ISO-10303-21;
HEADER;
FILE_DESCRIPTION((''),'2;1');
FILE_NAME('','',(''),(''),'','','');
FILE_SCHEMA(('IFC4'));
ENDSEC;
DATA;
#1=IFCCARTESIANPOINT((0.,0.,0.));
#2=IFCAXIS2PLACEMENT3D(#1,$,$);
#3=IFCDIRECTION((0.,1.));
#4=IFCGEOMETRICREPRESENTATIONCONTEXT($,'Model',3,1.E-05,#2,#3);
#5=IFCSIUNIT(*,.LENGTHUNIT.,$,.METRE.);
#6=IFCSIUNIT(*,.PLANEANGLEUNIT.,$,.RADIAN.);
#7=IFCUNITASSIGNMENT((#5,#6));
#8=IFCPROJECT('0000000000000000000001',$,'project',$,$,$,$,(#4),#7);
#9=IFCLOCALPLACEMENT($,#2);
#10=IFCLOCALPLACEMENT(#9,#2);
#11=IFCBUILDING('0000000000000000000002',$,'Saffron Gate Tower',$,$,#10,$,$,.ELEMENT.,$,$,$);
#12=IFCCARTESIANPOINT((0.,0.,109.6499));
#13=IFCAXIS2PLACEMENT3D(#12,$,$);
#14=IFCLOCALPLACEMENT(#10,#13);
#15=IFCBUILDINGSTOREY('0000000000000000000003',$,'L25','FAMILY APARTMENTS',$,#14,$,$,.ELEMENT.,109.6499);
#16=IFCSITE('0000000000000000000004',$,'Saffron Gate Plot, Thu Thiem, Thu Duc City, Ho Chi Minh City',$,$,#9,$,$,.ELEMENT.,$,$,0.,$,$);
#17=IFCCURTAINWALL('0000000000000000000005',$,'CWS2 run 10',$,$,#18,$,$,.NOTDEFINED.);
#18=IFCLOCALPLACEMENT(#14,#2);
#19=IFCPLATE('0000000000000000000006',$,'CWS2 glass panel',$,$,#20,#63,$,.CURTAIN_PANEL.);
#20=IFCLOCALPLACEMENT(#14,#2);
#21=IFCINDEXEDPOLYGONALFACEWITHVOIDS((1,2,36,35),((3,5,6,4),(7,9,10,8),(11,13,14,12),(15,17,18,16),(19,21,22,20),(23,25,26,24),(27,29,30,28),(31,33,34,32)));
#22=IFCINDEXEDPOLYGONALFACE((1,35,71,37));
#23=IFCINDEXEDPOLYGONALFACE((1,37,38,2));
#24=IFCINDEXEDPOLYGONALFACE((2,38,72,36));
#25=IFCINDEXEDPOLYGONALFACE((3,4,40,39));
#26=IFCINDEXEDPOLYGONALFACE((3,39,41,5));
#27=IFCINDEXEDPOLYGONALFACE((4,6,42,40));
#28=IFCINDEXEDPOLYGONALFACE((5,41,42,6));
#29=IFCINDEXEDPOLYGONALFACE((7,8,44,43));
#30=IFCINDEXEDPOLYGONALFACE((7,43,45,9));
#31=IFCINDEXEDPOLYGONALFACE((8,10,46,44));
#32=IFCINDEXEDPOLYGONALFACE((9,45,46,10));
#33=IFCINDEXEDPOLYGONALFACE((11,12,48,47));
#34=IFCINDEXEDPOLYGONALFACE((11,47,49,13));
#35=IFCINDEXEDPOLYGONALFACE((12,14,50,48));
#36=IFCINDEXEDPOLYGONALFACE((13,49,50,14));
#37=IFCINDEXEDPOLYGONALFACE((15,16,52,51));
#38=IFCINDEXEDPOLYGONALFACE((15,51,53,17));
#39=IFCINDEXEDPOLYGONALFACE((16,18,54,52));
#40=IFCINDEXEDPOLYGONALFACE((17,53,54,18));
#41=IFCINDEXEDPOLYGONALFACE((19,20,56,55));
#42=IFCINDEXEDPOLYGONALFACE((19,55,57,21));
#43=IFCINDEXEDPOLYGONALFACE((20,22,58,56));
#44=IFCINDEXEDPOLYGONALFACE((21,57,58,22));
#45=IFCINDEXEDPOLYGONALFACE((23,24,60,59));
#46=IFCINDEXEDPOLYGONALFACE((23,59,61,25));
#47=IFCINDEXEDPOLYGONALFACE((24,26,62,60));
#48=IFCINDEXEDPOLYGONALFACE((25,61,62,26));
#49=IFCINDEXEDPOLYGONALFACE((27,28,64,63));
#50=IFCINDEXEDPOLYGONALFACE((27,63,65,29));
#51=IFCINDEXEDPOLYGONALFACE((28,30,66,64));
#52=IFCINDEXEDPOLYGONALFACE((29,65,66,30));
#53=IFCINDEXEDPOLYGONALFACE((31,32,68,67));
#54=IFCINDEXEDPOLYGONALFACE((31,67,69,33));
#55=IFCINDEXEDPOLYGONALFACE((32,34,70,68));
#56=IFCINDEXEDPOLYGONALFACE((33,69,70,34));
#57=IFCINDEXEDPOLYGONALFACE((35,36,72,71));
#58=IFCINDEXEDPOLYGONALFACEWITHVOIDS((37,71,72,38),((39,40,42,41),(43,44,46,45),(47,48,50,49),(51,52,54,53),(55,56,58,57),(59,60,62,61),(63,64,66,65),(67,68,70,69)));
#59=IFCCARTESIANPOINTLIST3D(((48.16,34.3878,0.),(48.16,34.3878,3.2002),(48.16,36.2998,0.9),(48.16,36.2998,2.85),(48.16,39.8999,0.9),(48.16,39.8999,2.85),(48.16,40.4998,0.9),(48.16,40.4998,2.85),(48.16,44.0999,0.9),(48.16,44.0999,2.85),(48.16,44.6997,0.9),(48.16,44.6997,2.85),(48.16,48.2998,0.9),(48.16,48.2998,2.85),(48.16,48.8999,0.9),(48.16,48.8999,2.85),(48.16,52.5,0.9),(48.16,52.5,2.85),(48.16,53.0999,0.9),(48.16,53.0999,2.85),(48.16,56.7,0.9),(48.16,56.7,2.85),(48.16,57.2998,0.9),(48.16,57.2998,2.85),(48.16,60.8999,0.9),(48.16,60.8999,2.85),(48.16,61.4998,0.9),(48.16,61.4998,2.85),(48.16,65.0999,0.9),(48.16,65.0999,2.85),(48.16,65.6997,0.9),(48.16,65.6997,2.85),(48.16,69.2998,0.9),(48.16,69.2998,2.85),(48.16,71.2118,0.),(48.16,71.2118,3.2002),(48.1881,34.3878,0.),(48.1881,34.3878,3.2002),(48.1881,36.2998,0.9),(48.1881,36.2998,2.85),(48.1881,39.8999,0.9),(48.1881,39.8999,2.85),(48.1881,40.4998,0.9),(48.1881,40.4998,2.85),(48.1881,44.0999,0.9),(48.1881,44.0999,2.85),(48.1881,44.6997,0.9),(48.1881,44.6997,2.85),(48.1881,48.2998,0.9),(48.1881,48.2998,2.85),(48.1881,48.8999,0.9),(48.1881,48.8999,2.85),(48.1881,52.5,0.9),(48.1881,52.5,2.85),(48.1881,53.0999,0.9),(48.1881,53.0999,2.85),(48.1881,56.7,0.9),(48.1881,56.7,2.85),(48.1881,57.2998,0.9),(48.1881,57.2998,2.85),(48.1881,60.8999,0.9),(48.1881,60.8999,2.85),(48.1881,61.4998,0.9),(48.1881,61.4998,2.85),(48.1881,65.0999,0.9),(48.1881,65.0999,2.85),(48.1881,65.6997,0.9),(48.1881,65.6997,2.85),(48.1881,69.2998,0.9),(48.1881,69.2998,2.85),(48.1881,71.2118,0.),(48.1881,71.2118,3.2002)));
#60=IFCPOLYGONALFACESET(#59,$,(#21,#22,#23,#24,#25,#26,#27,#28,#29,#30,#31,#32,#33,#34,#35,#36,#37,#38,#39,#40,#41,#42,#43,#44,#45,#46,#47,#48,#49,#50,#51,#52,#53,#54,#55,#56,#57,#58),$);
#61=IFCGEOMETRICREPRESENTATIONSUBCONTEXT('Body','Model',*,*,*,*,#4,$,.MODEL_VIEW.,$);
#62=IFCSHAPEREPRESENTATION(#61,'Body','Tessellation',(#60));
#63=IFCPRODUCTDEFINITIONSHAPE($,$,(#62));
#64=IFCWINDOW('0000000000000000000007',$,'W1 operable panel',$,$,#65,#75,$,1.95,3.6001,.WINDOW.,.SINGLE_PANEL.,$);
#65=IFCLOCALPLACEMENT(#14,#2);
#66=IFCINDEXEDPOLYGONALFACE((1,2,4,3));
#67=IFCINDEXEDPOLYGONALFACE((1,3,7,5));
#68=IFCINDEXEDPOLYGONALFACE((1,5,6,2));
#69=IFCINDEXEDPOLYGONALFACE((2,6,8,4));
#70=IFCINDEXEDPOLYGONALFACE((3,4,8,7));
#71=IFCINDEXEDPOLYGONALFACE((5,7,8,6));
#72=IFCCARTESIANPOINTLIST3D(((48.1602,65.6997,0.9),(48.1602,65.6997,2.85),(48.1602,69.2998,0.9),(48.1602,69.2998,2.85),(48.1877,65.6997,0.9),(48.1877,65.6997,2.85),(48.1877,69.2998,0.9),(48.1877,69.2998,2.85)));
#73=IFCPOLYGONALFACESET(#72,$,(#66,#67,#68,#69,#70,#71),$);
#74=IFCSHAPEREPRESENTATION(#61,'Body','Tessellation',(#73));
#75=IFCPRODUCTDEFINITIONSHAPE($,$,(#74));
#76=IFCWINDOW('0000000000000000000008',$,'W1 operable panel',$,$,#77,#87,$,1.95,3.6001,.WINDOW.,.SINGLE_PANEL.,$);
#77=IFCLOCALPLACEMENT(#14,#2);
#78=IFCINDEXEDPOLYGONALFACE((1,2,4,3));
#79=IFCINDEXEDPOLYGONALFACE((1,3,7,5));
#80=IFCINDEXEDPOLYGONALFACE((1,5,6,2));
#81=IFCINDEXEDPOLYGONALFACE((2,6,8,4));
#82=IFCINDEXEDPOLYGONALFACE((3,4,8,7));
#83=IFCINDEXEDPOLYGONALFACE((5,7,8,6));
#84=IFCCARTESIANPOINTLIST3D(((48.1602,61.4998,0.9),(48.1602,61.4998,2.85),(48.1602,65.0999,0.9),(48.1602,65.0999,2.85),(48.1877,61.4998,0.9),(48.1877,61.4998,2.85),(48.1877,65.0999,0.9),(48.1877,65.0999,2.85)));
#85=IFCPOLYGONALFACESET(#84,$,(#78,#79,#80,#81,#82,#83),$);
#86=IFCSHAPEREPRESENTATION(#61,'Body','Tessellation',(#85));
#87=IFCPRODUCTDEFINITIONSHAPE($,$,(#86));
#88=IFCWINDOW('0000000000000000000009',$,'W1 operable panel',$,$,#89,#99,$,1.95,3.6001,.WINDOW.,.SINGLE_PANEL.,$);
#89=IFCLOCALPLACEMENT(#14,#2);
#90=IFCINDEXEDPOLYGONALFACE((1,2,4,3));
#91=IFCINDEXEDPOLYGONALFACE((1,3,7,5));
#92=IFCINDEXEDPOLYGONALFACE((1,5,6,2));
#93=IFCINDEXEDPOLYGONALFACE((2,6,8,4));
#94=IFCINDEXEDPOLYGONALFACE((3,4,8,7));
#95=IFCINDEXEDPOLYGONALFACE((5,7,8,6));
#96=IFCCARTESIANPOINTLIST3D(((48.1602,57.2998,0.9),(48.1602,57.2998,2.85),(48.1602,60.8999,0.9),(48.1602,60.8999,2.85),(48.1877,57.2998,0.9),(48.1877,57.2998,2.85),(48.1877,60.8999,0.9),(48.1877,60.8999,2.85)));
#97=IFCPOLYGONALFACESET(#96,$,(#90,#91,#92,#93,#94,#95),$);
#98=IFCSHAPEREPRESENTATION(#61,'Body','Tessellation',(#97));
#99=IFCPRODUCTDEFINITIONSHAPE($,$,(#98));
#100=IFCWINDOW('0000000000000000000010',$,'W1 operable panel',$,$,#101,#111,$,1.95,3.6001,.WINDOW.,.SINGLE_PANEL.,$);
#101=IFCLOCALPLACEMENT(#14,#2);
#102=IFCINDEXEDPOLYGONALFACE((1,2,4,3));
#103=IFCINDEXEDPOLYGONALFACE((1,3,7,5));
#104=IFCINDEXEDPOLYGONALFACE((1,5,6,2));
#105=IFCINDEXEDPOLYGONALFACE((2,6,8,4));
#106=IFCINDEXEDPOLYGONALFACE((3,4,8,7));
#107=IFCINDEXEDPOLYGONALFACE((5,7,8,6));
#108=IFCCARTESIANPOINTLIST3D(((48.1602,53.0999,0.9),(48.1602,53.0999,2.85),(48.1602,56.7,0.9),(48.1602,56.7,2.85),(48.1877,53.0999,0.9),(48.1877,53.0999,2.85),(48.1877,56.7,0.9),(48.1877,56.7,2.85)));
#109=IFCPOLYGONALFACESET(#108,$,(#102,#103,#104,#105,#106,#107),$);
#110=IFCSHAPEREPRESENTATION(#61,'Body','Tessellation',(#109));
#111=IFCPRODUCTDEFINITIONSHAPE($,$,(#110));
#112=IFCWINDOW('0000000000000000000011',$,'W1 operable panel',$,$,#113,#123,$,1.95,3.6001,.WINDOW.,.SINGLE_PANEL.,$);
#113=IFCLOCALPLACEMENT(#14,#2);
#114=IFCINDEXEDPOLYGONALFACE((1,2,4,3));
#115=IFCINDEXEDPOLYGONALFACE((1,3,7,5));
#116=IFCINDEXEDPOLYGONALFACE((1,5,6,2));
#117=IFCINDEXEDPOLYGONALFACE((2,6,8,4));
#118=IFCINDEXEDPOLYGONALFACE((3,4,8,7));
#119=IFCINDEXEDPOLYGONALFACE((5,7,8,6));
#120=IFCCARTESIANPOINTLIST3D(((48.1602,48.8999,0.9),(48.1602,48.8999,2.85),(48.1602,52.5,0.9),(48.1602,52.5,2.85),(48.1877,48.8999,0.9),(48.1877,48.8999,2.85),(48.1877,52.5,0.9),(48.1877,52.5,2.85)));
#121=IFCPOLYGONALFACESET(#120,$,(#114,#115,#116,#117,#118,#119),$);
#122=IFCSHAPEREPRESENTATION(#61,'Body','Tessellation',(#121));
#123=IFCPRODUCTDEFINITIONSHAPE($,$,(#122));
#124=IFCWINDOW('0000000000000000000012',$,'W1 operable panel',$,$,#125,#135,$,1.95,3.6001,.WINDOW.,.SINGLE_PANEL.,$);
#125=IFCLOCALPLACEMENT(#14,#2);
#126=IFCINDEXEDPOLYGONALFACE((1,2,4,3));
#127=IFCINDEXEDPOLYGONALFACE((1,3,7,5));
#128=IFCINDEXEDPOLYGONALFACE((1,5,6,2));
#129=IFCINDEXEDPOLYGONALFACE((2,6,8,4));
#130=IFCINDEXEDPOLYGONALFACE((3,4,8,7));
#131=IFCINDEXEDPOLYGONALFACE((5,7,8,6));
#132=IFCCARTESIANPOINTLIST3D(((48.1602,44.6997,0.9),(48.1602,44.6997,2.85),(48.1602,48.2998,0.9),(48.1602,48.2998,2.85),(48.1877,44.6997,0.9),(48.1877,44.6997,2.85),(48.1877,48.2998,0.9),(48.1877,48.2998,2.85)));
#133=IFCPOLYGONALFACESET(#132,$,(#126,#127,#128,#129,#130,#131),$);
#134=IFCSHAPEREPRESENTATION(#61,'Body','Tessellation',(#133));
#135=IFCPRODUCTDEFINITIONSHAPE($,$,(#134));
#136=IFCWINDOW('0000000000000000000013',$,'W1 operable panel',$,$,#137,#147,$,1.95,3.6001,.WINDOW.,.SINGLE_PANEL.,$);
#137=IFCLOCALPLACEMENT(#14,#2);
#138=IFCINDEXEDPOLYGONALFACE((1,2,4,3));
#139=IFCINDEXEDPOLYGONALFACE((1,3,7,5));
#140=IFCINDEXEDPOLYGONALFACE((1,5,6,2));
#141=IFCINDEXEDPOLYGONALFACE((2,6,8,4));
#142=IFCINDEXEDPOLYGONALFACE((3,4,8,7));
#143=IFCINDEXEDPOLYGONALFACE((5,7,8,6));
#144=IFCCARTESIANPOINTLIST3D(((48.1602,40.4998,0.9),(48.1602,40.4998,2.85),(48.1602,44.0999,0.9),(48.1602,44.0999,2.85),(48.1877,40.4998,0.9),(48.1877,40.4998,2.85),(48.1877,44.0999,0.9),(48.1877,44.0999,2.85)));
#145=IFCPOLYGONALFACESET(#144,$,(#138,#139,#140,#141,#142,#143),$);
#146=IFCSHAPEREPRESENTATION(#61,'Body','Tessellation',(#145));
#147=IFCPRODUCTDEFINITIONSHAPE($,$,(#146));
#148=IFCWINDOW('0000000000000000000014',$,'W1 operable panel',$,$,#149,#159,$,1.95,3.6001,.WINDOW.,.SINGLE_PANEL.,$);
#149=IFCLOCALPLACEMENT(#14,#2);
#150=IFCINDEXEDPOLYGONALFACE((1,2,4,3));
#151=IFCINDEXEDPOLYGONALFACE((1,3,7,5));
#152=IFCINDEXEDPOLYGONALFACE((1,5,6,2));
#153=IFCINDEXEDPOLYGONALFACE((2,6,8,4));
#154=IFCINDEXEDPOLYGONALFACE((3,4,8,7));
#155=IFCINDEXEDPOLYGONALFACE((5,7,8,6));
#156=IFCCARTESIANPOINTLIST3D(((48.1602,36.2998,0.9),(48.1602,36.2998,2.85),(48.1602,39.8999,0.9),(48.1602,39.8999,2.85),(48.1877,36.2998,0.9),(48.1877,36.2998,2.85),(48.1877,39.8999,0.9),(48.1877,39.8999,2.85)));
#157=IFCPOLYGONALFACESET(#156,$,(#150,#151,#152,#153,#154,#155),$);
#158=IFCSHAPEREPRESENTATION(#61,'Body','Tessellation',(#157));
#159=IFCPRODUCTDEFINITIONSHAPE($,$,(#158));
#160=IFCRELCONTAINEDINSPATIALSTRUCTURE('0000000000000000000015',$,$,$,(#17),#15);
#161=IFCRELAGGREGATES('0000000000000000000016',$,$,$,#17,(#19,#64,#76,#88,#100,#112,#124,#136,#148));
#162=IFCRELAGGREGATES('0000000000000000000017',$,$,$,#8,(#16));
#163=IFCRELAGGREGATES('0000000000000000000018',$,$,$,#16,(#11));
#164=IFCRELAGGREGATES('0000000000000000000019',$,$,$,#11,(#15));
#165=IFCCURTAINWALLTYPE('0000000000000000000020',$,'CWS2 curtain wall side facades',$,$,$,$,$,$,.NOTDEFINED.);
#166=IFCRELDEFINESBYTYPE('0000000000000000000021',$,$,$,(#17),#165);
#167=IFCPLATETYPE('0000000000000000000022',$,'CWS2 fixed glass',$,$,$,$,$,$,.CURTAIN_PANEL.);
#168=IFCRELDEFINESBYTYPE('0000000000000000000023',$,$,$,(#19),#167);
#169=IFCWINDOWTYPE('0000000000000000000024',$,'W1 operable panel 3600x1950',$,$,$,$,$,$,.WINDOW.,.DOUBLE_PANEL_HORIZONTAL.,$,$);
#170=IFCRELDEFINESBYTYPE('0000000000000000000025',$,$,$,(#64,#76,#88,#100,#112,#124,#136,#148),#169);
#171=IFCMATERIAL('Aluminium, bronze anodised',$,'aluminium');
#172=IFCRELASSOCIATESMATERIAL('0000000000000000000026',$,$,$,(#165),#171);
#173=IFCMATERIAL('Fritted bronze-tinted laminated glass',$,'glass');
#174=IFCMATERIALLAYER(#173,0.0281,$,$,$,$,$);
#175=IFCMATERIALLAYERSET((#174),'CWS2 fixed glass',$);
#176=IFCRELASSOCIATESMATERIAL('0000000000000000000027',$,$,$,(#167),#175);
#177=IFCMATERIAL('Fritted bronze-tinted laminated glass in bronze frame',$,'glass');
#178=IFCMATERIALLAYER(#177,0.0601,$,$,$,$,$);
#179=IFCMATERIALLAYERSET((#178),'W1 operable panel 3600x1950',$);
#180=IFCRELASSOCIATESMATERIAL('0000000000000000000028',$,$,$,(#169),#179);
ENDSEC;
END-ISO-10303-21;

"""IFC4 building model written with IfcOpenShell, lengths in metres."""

from ifc_helpers import new_model, si_unit, direction, frame, frame_2d, origin, place, context, subcontext, project, spatial, rectangle, extrude, material, layer, layer_set, type_object, element, fill, aggregate, save


model = new_model("IFC4")

# Units and contexts
model_context = context("Model", 3, precision=1e-05, world=origin(), true_north=direction((0.0, 1.0)))
body_context = subcontext(model_context, "Body", "Model", "MODEL_VIEW")
ifc_project = project(units=[si_unit("LENGTHUNIT", "METRE"), si_unit("PLANEANGLEUNIT", "RADIAN")], contexts=[model_context])

# Site, building, storey
site_placement = place(None, origin())
site = spatial("IfcSite", under=ifc_project, at=site_placement, Name="Saffron Gate Plot, Thu Thiem, Thu Duc City, Ho Chi Minh City", CompositionType="ELEMENT", RefElevation=0.0)
building_placement = place(site_placement, origin())
building = spatial("IfcBuilding", under=site, at=building_placement, Name="Saffron Gate Tower", CompositionType="ELEMENT")
storey_placement = place(building_placement, frame((0.0, 0.0, 109.6499)))
storey = spatial("IfcBuildingStorey", under=building, at=storey_placement, Name="L25", Description="FAMILY APARTMENTS", CompositionType="ELEMENT", Elevation=109.6499)

# Curtain wall
ifc_material_1 = material(Name="Aluminium, bronze anodised", Category="aluminium")
curtain_wall_type_1 = type_object("IfcCurtainWallType", Name="CWS2 curtain wall side facades", PredefinedType="NOTDEFINED", material=ifc_material_1)
curtain_wall_1_placement = place(storey_placement, origin())
curtain_wall_1 = element("IfcCurtainWall", 1, at=curtain_wall_1_placement, inside=storey, type_object=curtain_wall_type_1, Name="CWS2 run 10", PredefinedType="NOTDEFINED")

# Plate, openings, windows
ifc_material_2 = material(Name="Fritted bronze-tinted laminated glass", Category="glass")
ifc_layer_1 = layer(ifc_material_2, 0.0281)
ifc_layer_set_1 = layer_set([ifc_layer_1], Name="CWS2 fixed glass")
plate_type_1 = type_object("IfcPlateType", Name="CWS2 fixed glass", PredefinedType="CURTAIN_PANEL", material=ifc_layer_set_1)
plate_1_placement = place(storey_placement, frame((48.1741, 71.2119, 0.0), z_axis=(0.0, 0.0, 1.0), x_axis=(0.0, -1.0, 0.0)))
plate_1 = element("IfcPlate", 2, at=plate_1_placement, type_object=plate_type_1, Name="CWS2 glass panel", PredefinedType="CURTAIN_PANEL", context=body_context, shape_type="SweptSolid", body=[
    extrude(rectangle(XDim=36.824, YDim=0.0281, at=frame_2d((18.4121, 0.0))), origin(), (0.0, 0.0, 1.0), 3.2002),
])
opening_1_placement = place(plate_1_placement, frame((1.9121, 0.0, 0.8999)))
opening_1 = element("IfcOpeningElement", 3, at=opening_1_placement, cuts=plate_1, PredefinedType="OPENING", context=body_context, shape_type="SweptSolid", body=[
    extrude(rectangle(XDim=3.6001, YDim=1.95, at=frame_2d((1.8, 0.9751))), frame((0.0, 0.0239, 0.0), z_axis=(0.0, -1.0, 0.0), x_axis=(1.0, 0.0, 0.0)), (0.0, 0.0, 1.0), 0.0481),
])
opening_2_placement = place(plate_1_placement, frame((6.1121, 0.0, 0.8999)))
opening_2 = element("IfcOpeningElement", 4, at=opening_2_placement, cuts=plate_1, PredefinedType="OPENING", context=body_context, shape_type="SweptSolid", body=[
    extrude(rectangle(XDim=3.6001, YDim=1.95, at=frame_2d((1.8, 0.9751))), frame((0.0, 0.0239, 0.0), z_axis=(0.0, -1.0, 0.0), x_axis=(1.0, 0.0, 0.0)), (0.0, 0.0, 1.0), 0.0481),
])
opening_3_placement = place(plate_1_placement, frame((10.312, 0.0, 0.8999)))
opening_3 = element("IfcOpeningElement", 5, at=opening_3_placement, cuts=plate_1, PredefinedType="OPENING", context=body_context, shape_type="SweptSolid", body=[
    extrude(rectangle(XDim=3.6001, YDim=1.95, at=frame_2d((1.8, 0.9751))), frame((0.0, 0.0239, 0.0), z_axis=(0.0, -1.0, 0.0), x_axis=(1.0, 0.0, 0.0)), (0.0, 0.0, 1.0), 0.0481),
])
opening_4_placement = place(plate_1_placement, frame((14.512, 0.0, 0.8999)))
opening_4 = element("IfcOpeningElement", 6, at=opening_4_placement, cuts=plate_1, PredefinedType="OPENING", context=body_context, shape_type="SweptSolid", body=[
    extrude(rectangle(XDim=3.6001, YDim=1.95, at=frame_2d((1.8, 0.9751))), frame((0.0, 0.0239, 0.0), z_axis=(0.0, -1.0, 0.0), x_axis=(1.0, 0.0, 0.0)), (0.0, 0.0, 1.0), 0.0481),
])
opening_5_placement = place(plate_1_placement, frame((18.7119, 0.0, 0.8999)))
opening_5 = element("IfcOpeningElement", 7, at=opening_5_placement, cuts=plate_1, PredefinedType="OPENING", context=body_context, shape_type="SweptSolid", body=[
    extrude(rectangle(XDim=3.6001, YDim=1.95, at=frame_2d((1.8, 0.9751))), frame((0.0, 0.0239, 0.0), z_axis=(0.0, -1.0, 0.0), x_axis=(1.0, 0.0, 0.0)), (0.0, 0.0, 1.0), 0.0481),
])
opening_6_placement = place(plate_1_placement, frame((22.9121, 0.0, 0.8999)))
opening_6 = element("IfcOpeningElement", 8, at=opening_6_placement, cuts=plate_1, PredefinedType="OPENING", context=body_context, shape_type="SweptSolid", body=[
    extrude(rectangle(XDim=3.6001, YDim=1.95, at=frame_2d((1.8, 0.9751))), frame((0.0, 0.0239, 0.0), z_axis=(0.0, -1.0, 0.0), x_axis=(1.0, 0.0, 0.0)), (0.0, 0.0, 1.0), 0.0481),
])
opening_7_placement = place(plate_1_placement, frame((27.1121, 0.0, 0.8999)))
opening_7 = element("IfcOpeningElement", 9, at=opening_7_placement, cuts=plate_1, PredefinedType="OPENING", context=body_context, shape_type="SweptSolid", body=[
    extrude(rectangle(XDim=3.6001, YDim=1.95, at=frame_2d((1.8, 0.9751))), frame((0.0, 0.0239, 0.0), z_axis=(0.0, -1.0, 0.0), x_axis=(1.0, 0.0, 0.0)), (0.0, 0.0, 1.0), 0.0481),
])
opening_8_placement = place(plate_1_placement, frame((31.312, 0.0, 0.8999)))
opening_8 = element("IfcOpeningElement", 10, at=opening_8_placement, cuts=plate_1, PredefinedType="OPENING", context=body_context, shape_type="SweptSolid", body=[
    extrude(rectangle(XDim=3.6001, YDim=1.95, at=frame_2d((1.8, 0.9751))), frame((0.0, 0.0239, 0.0), z_axis=(0.0, -1.0, 0.0), x_axis=(1.0, 0.0, 0.0)), (0.0, 0.0, 1.0), 0.0481),
])
ifc_material_3 = material(Name="Fritted bronze-tinted laminated glass in bronze frame", Category="glass")
ifc_layer_2 = layer(ifc_material_3, 0.0601)
ifc_layer_set_2 = layer_set([ifc_layer_2], Name="W1 operable panel 3600x1950")
window_type = type_object("IfcWindowType", Name="W1 operable panel 3600x1950", PartitioningType="DOUBLE_PANEL_HORIZONTAL", PredefinedType="WINDOW", material=ifc_layer_set_2)
window_1_placement = place(opening_1_placement, origin())
window_1 = element("IfcWindow", 11, at=window_1_placement, type_object=window_type, Name="W1 operable panel", OverallHeight=1.95, OverallWidth=3.6001, PartitioningType="SINGLE_PANEL", PredefinedType="WINDOW", context=body_context, shape_type="SweptSolid", body=[
    extrude(rectangle(XDim=3.6001, YDim=1.95, at=frame_2d((1.8, 0.9751))), frame((0.0, 0.0137, 0.0), z_axis=(0.0, -1.0, 0.0), x_axis=(1.0, 0.0, 0.0)), (0.0, 0.0, 1.0), 0.0276),
])
fill(opening_1, window_1)
window_2_placement = place(opening_2_placement, origin())
window_2 = element("IfcWindow", 12, at=window_2_placement, type_object=window_type, Name="W1 operable panel", OverallHeight=1.95, OverallWidth=3.6001, PartitioningType="SINGLE_PANEL", PredefinedType="WINDOW", context=body_context, shape_type="SweptSolid", body=[
    extrude(rectangle(XDim=3.6001, YDim=1.95, at=frame_2d((1.8, 0.9751))), frame((0.0, 0.0137, 0.0), z_axis=(0.0, -1.0, 0.0), x_axis=(1.0, 0.0, 0.0)), (0.0, 0.0, 1.0), 0.0276),
])
fill(opening_2, window_2)
window_3_placement = place(opening_3_placement, origin())
window_3 = element("IfcWindow", 13, at=window_3_placement, type_object=window_type, Name="W1 operable panel", OverallHeight=1.95, OverallWidth=3.6001, PartitioningType="SINGLE_PANEL", PredefinedType="WINDOW", context=body_context, shape_type="SweptSolid", body=[
    extrude(rectangle(XDim=3.6001, YDim=1.95, at=frame_2d((1.8, 0.9751))), frame((0.0, 0.0137, 0.0), z_axis=(0.0, -1.0, 0.0), x_axis=(1.0, 0.0, 0.0)), (0.0, 0.0, 1.0), 0.0276),
])
fill(opening_3, window_3)
window_4_placement = place(opening_4_placement, origin())
window_4 = element("IfcWindow", 14, at=window_4_placement, type_object=window_type, Name="W1 operable panel", OverallHeight=1.95, OverallWidth=3.6001, PartitioningType="SINGLE_PANEL", PredefinedType="WINDOW", context=body_context, shape_type="SweptSolid", body=[
    extrude(rectangle(XDim=3.6001, YDim=1.95, at=frame_2d((1.8, 0.9751))), frame((0.0, 0.0137, 0.0), z_axis=(0.0, -1.0, 0.0), x_axis=(1.0, 0.0, 0.0)), (0.0, 0.0, 1.0), 0.0276),
])
fill(opening_4, window_4)
window_5_placement = place(opening_5_placement, origin())
window_5 = element("IfcWindow", 15, at=window_5_placement, type_object=window_type, Name="W1 operable panel", OverallHeight=1.95, OverallWidth=3.6001, PartitioningType="SINGLE_PANEL", PredefinedType="WINDOW", context=body_context, shape_type="SweptSolid", body=[
    extrude(rectangle(XDim=3.6001, YDim=1.95, at=frame_2d((1.8, 0.9751))), frame((0.0, 0.0137, 0.0), z_axis=(0.0, -1.0, 0.0), x_axis=(1.0, 0.0, 0.0)), (0.0, 0.0, 1.0), 0.0276),
])
fill(opening_5, window_5)
window_6_placement = place(opening_6_placement, origin())
window_6 = element("IfcWindow", 16, at=window_6_placement, type_object=window_type, Name="W1 operable panel", OverallHeight=1.95, OverallWidth=3.6001, PartitioningType="SINGLE_PANEL", PredefinedType="WINDOW", context=body_context, shape_type="SweptSolid", body=[
    extrude(rectangle(XDim=3.6001, YDim=1.95, at=frame_2d((1.8, 0.9751))), frame((0.0, 0.0137, 0.0), z_axis=(0.0, -1.0, 0.0), x_axis=(1.0, 0.0, 0.0)), (0.0, 0.0, 1.0), 0.0276),
])
fill(opening_6, window_6)
window_7_placement = place(opening_7_placement, origin())
window_7 = element("IfcWindow", 17, at=window_7_placement, type_object=window_type, Name="W1 operable panel", OverallHeight=1.95, OverallWidth=3.6001, PartitioningType="SINGLE_PANEL", PredefinedType="WINDOW", context=body_context, shape_type="SweptSolid", body=[
    extrude(rectangle(XDim=3.6001, YDim=1.95, at=frame_2d((1.8, 0.9751))), frame((0.0, 0.0137, 0.0), z_axis=(0.0, -1.0, 0.0), x_axis=(1.0, 0.0, 0.0)), (0.0, 0.0, 1.0), 0.0276),
])
fill(opening_7, window_7)
window_8_placement = place(opening_8_placement, origin())
window_8 = element("IfcWindow", 18, at=window_8_placement, type_object=window_type, Name="W1 operable panel", OverallHeight=1.95, OverallWidth=3.6001, PartitioningType="SINGLE_PANEL", PredefinedType="WINDOW", context=body_context, shape_type="SweptSolid", body=[
    extrude(rectangle(XDim=3.6001, YDim=1.95, at=frame_2d((1.8, 0.9751))), frame((0.0, 0.0137, 0.0), z_axis=(0.0, -1.0, 0.0), x_axis=(1.0, 0.0, 0.0)), (0.0, 0.0, 1.0), 0.0276),
])
fill(opening_8, window_8)
aggregate(curtain_wall_1, [plate_1, window_1, window_2, window_3, window_4, window_5, window_6, window_7, window_8])

save(model, "model.ifc")
